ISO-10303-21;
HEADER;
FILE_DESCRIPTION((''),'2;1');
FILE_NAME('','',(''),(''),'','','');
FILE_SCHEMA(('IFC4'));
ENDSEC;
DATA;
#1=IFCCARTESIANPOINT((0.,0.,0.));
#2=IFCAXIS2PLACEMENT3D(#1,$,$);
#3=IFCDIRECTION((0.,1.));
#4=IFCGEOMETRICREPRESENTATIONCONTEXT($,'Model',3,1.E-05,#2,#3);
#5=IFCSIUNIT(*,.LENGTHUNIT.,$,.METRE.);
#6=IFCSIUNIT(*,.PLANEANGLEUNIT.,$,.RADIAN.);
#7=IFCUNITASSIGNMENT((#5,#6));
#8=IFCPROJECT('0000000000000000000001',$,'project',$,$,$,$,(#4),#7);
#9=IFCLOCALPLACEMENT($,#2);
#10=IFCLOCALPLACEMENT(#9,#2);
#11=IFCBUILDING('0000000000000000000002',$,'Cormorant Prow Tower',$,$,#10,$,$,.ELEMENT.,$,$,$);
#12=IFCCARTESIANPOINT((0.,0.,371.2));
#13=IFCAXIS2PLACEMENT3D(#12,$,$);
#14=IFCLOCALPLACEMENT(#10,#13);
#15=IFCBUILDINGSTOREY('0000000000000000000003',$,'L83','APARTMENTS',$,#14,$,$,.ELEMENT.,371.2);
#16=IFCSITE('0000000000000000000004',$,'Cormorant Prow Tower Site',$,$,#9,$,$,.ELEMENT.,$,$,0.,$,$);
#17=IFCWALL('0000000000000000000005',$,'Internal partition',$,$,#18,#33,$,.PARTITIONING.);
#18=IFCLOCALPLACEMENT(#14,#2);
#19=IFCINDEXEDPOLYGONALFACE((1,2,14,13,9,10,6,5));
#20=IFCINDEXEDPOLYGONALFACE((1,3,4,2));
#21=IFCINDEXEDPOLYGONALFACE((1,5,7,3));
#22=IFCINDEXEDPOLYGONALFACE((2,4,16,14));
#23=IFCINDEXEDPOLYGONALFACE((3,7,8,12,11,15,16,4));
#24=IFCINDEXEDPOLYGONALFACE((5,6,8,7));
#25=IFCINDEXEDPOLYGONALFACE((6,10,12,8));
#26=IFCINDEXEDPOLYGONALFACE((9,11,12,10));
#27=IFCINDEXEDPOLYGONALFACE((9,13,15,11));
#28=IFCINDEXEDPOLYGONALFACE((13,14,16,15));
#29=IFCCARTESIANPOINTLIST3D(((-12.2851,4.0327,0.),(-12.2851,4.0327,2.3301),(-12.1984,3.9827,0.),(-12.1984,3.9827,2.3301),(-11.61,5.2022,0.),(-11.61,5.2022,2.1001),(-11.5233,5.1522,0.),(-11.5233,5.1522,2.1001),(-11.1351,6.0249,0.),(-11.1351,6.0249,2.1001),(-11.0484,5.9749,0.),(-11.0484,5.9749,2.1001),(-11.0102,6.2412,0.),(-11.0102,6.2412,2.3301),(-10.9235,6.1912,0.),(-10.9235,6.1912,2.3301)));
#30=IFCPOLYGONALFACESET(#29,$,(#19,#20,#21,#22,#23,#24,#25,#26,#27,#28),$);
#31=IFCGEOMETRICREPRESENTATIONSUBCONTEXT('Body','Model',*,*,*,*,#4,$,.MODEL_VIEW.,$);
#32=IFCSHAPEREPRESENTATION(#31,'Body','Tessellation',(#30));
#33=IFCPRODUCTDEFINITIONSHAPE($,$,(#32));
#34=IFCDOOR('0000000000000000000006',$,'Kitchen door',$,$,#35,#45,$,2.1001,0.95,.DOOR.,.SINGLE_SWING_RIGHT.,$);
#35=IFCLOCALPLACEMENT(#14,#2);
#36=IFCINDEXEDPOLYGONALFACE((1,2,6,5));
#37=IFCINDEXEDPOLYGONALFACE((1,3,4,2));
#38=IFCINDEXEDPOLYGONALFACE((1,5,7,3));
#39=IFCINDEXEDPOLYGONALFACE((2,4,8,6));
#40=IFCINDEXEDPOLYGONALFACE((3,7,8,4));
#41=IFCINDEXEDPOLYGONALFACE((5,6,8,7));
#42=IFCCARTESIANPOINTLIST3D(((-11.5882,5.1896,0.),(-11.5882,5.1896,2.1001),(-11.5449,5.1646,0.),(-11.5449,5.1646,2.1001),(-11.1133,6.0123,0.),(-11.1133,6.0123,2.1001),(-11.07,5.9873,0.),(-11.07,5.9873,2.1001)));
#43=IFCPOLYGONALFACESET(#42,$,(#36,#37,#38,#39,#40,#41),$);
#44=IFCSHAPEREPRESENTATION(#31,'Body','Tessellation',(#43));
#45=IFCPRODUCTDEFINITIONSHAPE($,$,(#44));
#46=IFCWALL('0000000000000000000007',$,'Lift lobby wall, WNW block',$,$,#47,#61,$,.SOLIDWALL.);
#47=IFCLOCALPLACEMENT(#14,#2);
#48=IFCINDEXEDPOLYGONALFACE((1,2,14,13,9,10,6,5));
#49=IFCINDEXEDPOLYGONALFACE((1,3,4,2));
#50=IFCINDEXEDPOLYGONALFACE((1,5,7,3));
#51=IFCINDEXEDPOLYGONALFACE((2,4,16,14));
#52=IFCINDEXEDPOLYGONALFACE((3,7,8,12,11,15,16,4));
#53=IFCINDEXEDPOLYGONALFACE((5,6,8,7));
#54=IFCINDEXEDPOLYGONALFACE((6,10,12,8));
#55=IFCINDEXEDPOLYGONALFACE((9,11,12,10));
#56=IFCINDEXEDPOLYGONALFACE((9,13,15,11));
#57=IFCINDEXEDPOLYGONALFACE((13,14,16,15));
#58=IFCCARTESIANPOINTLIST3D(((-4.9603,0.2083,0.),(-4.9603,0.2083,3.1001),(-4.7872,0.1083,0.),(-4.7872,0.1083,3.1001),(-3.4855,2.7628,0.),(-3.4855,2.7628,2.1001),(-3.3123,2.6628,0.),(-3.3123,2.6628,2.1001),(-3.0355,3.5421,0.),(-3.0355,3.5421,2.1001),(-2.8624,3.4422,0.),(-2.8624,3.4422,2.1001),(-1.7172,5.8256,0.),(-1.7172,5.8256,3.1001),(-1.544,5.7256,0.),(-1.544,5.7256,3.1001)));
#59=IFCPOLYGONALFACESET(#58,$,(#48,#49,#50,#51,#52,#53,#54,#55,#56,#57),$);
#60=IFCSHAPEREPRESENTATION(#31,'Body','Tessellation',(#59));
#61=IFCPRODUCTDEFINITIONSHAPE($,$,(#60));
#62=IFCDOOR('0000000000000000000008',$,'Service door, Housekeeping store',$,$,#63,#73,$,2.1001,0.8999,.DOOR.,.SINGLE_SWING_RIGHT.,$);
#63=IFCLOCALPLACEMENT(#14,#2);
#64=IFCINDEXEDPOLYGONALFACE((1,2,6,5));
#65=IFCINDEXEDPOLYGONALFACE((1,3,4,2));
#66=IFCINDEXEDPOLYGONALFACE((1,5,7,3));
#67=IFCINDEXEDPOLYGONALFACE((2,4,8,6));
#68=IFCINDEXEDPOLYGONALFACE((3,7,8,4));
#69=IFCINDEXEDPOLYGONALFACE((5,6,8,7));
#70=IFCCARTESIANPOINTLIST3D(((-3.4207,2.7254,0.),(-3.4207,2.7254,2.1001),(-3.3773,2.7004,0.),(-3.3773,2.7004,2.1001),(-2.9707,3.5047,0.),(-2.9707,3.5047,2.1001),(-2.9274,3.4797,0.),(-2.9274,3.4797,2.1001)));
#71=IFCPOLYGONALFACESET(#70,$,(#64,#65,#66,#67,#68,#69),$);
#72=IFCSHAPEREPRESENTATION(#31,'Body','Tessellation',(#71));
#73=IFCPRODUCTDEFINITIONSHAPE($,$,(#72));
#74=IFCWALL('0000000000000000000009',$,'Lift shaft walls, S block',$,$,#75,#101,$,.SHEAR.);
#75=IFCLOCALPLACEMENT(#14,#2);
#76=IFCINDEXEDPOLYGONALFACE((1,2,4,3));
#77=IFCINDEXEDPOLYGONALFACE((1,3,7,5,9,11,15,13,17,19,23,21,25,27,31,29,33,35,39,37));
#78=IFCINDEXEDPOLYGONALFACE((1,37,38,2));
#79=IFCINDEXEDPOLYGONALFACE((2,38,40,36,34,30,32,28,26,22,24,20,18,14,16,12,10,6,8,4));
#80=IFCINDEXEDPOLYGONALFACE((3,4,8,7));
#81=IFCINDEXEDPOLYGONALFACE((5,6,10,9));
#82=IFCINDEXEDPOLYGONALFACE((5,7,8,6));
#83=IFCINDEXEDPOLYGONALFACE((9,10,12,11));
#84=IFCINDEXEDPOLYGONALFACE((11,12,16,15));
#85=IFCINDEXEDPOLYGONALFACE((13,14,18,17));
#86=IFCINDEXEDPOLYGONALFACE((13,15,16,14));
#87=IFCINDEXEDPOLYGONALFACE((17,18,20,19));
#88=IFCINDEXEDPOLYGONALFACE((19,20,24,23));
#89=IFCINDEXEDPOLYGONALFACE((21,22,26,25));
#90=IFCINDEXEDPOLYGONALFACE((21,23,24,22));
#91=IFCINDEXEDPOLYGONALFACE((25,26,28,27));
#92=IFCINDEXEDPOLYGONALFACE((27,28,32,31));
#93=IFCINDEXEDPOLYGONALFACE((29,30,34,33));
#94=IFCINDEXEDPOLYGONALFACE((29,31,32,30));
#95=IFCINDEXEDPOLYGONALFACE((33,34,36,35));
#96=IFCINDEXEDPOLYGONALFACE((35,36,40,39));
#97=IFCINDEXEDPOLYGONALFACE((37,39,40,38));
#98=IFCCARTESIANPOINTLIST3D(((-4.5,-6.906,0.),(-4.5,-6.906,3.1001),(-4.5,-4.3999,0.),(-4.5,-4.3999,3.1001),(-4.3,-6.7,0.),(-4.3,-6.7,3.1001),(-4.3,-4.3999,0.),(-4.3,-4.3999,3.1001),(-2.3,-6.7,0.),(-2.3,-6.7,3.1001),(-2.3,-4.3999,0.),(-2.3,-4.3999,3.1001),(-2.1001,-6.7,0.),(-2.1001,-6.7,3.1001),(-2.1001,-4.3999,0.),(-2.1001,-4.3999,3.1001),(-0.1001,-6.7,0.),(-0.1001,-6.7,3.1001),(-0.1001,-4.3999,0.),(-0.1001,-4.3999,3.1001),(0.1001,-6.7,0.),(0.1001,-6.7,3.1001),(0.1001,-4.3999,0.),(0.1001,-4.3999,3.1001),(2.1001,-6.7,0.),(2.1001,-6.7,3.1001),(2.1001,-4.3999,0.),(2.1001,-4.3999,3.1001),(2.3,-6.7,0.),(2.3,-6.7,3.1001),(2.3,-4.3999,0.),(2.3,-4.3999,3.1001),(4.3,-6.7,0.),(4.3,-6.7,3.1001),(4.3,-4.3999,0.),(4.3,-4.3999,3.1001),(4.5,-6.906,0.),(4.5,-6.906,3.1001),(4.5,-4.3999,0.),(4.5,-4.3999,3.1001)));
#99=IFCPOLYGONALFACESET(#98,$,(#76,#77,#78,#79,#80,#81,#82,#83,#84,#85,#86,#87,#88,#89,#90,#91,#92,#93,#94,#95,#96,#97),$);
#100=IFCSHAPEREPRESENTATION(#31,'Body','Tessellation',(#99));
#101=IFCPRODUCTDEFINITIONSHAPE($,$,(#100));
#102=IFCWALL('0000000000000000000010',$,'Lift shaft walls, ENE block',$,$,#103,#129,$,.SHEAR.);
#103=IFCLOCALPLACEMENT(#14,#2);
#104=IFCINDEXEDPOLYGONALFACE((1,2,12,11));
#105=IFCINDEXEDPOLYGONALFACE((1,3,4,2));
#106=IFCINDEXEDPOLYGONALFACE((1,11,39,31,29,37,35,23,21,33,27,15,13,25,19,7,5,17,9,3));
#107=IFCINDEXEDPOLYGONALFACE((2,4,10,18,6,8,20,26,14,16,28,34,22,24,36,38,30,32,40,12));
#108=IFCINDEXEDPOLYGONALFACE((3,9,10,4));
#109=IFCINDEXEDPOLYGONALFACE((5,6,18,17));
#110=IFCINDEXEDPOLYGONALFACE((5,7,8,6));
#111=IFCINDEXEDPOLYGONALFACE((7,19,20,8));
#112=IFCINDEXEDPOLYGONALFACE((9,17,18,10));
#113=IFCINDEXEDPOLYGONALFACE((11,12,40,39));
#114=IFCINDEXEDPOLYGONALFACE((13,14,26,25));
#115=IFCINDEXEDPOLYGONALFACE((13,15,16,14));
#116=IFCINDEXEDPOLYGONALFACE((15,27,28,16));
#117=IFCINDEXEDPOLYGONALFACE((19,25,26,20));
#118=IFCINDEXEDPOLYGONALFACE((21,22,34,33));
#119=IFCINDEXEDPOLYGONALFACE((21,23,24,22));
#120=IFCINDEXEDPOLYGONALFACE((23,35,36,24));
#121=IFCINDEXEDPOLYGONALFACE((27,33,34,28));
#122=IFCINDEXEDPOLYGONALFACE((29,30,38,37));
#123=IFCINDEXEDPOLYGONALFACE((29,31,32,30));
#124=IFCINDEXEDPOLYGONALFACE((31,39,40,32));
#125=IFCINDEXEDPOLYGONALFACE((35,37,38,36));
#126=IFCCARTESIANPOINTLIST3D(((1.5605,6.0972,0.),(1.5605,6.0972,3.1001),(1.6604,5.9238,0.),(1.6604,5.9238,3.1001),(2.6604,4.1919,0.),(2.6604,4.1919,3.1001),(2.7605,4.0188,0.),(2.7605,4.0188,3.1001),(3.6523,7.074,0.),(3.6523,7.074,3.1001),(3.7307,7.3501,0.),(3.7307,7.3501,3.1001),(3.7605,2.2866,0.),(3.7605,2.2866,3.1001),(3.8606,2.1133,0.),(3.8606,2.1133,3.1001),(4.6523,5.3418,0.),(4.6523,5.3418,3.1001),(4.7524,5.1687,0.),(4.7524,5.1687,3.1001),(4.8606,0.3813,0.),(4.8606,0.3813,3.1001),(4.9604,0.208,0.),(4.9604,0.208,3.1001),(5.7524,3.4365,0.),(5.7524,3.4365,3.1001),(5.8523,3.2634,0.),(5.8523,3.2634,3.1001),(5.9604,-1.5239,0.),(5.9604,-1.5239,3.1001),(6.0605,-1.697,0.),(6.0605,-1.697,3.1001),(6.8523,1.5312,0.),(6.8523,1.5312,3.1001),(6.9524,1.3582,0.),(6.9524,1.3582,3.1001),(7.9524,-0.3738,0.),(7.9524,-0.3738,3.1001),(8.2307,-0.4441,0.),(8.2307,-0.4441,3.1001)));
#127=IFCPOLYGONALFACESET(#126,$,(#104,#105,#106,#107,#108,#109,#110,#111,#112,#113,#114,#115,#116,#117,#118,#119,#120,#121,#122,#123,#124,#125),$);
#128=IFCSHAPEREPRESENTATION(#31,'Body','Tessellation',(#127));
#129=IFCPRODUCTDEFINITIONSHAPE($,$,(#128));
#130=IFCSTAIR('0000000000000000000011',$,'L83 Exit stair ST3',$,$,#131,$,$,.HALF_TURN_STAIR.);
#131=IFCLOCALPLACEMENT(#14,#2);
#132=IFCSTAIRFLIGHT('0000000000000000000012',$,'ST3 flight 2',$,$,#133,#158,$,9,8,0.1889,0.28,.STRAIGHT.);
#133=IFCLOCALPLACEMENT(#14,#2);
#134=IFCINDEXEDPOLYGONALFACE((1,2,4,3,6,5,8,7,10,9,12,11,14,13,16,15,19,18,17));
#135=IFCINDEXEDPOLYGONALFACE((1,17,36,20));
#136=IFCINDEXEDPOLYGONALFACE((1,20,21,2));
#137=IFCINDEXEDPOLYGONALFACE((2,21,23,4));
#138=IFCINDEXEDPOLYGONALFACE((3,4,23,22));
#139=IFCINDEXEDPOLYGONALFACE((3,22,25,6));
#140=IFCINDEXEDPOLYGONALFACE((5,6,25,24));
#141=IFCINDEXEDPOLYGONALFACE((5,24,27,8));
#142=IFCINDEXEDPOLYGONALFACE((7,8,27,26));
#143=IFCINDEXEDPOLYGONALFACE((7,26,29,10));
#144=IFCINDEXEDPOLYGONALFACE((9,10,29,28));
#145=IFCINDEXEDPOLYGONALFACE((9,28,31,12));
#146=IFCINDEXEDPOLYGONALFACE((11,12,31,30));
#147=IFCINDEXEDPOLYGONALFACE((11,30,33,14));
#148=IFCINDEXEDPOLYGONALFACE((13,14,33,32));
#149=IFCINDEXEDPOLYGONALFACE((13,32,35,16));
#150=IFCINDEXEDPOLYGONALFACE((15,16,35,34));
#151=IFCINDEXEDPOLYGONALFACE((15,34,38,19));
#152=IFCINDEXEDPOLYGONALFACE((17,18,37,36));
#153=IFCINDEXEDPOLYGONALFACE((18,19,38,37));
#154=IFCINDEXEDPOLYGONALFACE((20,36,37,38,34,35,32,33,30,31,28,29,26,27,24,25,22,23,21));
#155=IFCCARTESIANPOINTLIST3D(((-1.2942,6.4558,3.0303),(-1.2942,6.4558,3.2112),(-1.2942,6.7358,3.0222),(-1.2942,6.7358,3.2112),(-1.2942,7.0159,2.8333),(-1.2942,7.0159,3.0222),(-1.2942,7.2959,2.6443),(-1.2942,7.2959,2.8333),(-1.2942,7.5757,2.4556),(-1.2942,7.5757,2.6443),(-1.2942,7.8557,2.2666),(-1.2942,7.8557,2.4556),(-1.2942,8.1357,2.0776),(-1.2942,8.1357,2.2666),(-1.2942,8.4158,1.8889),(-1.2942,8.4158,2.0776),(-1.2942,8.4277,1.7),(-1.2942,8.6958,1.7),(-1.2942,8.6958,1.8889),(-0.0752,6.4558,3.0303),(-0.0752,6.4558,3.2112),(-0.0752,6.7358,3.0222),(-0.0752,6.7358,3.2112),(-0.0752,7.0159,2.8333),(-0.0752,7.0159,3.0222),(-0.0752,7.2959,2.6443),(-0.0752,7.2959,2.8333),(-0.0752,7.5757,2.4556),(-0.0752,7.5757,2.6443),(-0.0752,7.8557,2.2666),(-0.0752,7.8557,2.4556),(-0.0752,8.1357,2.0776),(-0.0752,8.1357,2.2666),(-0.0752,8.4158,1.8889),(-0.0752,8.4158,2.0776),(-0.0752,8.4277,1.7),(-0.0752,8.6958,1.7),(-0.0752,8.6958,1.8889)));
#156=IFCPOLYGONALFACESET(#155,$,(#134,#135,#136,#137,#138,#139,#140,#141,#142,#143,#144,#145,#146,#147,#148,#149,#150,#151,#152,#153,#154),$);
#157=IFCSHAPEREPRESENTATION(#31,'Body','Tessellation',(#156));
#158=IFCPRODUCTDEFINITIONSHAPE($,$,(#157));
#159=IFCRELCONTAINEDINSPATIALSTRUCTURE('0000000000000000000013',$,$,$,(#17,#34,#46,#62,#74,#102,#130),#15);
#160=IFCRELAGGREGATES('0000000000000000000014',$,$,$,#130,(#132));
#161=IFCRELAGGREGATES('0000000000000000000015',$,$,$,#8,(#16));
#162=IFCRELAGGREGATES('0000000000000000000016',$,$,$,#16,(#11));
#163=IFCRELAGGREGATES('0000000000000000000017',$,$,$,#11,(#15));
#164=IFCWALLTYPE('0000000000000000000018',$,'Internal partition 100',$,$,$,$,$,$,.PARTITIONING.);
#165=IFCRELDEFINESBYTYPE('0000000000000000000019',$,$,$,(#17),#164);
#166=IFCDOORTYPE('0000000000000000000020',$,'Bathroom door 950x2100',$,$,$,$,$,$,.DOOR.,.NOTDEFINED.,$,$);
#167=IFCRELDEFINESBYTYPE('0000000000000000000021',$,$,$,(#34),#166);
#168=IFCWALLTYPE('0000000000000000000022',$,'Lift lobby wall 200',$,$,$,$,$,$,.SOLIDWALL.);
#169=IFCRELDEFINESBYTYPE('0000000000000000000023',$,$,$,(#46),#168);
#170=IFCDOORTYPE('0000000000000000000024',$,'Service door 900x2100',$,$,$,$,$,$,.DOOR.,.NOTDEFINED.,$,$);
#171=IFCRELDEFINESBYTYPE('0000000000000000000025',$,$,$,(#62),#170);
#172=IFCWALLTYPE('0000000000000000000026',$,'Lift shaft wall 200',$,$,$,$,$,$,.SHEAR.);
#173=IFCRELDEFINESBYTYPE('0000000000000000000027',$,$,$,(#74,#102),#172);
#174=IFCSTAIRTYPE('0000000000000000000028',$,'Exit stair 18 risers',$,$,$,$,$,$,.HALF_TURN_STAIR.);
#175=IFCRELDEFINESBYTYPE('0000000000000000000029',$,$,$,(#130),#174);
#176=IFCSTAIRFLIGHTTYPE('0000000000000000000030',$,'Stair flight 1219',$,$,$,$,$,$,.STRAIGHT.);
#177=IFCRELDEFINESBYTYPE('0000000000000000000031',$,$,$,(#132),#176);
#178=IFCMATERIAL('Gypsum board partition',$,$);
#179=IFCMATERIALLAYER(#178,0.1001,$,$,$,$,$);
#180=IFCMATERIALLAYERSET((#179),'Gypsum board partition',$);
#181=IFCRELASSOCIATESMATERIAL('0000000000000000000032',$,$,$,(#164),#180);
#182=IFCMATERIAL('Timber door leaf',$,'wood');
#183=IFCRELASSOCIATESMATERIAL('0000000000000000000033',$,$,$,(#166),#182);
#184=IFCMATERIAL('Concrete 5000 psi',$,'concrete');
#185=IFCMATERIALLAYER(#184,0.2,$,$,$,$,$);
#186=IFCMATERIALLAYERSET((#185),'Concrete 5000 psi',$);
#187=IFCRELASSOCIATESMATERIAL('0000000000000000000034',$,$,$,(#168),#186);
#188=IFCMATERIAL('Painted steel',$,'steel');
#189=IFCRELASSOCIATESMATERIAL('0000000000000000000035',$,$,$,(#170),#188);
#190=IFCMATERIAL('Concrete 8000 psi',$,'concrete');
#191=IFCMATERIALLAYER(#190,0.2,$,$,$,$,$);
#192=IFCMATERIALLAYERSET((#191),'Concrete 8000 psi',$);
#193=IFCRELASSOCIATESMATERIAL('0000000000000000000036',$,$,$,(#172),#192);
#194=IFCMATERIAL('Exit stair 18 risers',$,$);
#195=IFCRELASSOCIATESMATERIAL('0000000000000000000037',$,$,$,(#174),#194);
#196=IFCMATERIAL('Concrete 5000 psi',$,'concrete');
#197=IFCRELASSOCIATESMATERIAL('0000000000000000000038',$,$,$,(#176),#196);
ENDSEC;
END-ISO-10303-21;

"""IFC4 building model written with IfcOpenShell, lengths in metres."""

from ifc_helpers import new_model, si_unit, direction, frame, frame_2d, origin, place, context, subcontext, project, spatial, polyline, rectangle, outline, extrude, material, layer, layer_set, type_object, element, fill, aggregate, save


model = new_model("IFC4")

# Units and contexts
model_context = context("Model", 3, precision=1e-05, world=origin(), true_north=direction((0.0, 1.0)))
body_context = subcontext(model_context, "Body", "Model", "MODEL_VIEW")
ifc_project = project(units=[si_unit("LENGTHUNIT", "METRE"), si_unit("PLANEANGLEUNIT", "RADIAN")], contexts=[model_context])

# Site, building, storey
site_placement = place(None, origin())
site = spatial("IfcSite", under=ifc_project, at=site_placement, Name="Cormorant Prow Tower Site", CompositionType="ELEMENT", RefElevation=0.0)
building_placement = place(site_placement, origin())
building = spatial("IfcBuilding", under=site, at=building_placement, Name="Cormorant Prow Tower", CompositionType="ELEMENT")
storey_placement = place(building_placement, frame((0.0, 0.0, 371.2)))
storey = spatial("IfcBuildingStorey", under=building, at=storey_placement, Name="L83", Description="APARTMENTS", CompositionType="ELEMENT", Elevation=371.2)

# Walls, openings, doors
ifc_material_1 = material(Name="Gypsum board partition")
ifc_layer_1 = layer(ifc_material_1, 0.1001)
ifc_layer_set_1 = layer_set([ifc_layer_1], Name="Gypsum board partition")
wall_type_1 = type_object("IfcWallType", Name="Internal partition 100", PredefinedType="PARTITIONING", material=ifc_layer_set_1)
wall_1_placement = place(storey_placement, frame((-12.2417, 4.0078, 0.0), z_axis=(0.0, 0.0, 1.0), x_axis=(0.499949, 0.866055, 0.0)))
wall_1 = element("IfcWall", 1, at=wall_1_placement, inside=storey, type_object=wall_type_1, Name="Internal partition", PredefinedType="PARTITIONING", context=body_context, shape_type="SweptSolid", body=[
    extrude(rectangle(XDim=2.55, YDim=0.1001, at=frame_2d((1.2749, 0.0))), origin(), (0.0, 0.0, 1.0), 2.3301),
])
opening_1_placement = place(wall_1_placement, frame((1.3501, 0.0, 0.0)))
opening_1 = element("IfcOpeningElement", 2, at=opening_1_placement, cuts=wall_1, PredefinedType="OPENING", context=body_context, shape_type="SweptSolid", body=[
    extrude(rectangle(XDim=0.95, YDim=2.1001, at=frame_2d((0.4751, 1.05))), frame((0.0, 0.0601, 0.0), z_axis=(0.0, -1.0, 0.0), x_axis=(1.0, 0.0, 0.0)), (0.0, 0.0, 1.0), 0.1201),
])
ifc_material_2 = material(Name="Timber door leaf", Category="wood")
door_type_1 = type_object("IfcDoorType", Name="Bathroom door 950x2100", OperationType="NOTDEFINED", PredefinedType="DOOR", material=ifc_material_2)
door_1_placement = place(opening_1_placement, origin())
door_1 = element("IfcDoor", 3, at=door_1_placement, inside=storey, type_object=door_type_1, Name="Kitchen door", OperationType="SINGLE_SWING_RIGHT", OverallHeight=2.1001, OverallWidth=0.95, PredefinedType="DOOR", context=body_context, shape_type="SweptSolid", body=[
    extrude(rectangle(XDim=0.95, YDim=2.1001, at=frame_2d((0.4751, 1.05))), frame((0.0, 0.0249, 0.0), z_axis=(0.0, -1.0, 0.0), x_axis=(1.0, 0.0, 0.0)), (0.0, 0.0, 1.0), 0.05),
])
fill(opening_1, door_1)
ifc_material_3 = material(Name="Concrete 5000 psi", Category="concrete")
ifc_layer_2 = layer(ifc_material_3, 0.2)
ifc_layer_set_2 = layer_set([ifc_layer_2], Name="Concrete 5000 psi")
wall_type_2 = type_object("IfcWallType", Name="Lift lobby wall 200", PredefinedType="SOLIDWALL", material=ifc_layer_set_2)
wall_2_placement = place(storey_placement, frame((-1.6306, 5.7756, 0.0), z_axis=(0.0, 0.0, 1.0), x_axis=(-0.499993, -0.86603, 0.0)))
wall_2 = element("IfcWall", 4, at=wall_2_placement, inside=storey, type_object=wall_type_2, Name="Lift lobby wall, WNW block", PredefinedType="SOLIDWALL", context=body_context, shape_type="SweptSolid", body=[
    extrude(rectangle(XDim=6.4863, YDim=0.2, at=frame_2d((3.2432, 0.0))), origin(), (0.0, 0.0, 1.0), 3.1001),
])
opening_2_placement = place(wall_2_placement, frame((2.6367, 0.0, 0.0)))
opening_2 = element("IfcOpeningElement", 5, at=opening_2_placement, cuts=wall_2, PredefinedType="OPENING", context=body_context, shape_type="SweptSolid", body=[
    extrude(rectangle(XDim=0.8999, YDim=2.1001, at=frame_2d((0.45, 1.05))), frame((0.0, 0.1099, 0.0), z_axis=(0.0, -1.0, 0.0), x_axis=(1.0, 0.0, 0.0)), (0.0, 0.0, 1.0), 0.22),
])
ifc_material_4 = material(Name="Painted steel", Category="steel")
door_type_2 = type_object("IfcDoorType", Name="Service door 900x2100", OperationType="NOTDEFINED", PredefinedType="DOOR", material=ifc_material_4)
door_2_placement = place(opening_2_placement, origin())
door_2 = element("IfcDoor", 6, at=door_2_placement, inside=storey, type_object=door_type_2, Name="Service door, Housekeeping store", OperationType="SINGLE_SWING_RIGHT", OverallHeight=2.1001, OverallWidth=0.8999, PredefinedType="DOOR", context=body_context, shape_type="SweptSolid", body=[
    extrude(rectangle(XDim=0.8999, YDim=2.1001, at=frame_2d((0.45, 1.05))), frame((0.0, 0.0249, 0.0), z_axis=(0.0, -1.0, 0.0), x_axis=(1.0, 0.0, 0.0)), (0.0, 0.0, 1.0), 0.05),
])
fill(opening_2, door_2)

# Walls
ifc_material_5 = material(Name="Concrete 8000 psi", Category="concrete")
ifc_layer_3 = layer(ifc_material_5, 0.2)
ifc_layer_set_3 = layer_set([ifc_layer_3], Name="Concrete 8000 psi")
wall_type_3 = type_object("IfcWallType", Name="Lift shaft wall 200", PredefinedType="SHEAR", material=ifc_layer_set_3)
wall_3_placement = place(storey_placement, origin())
element("IfcWall", 7, at=wall_3_placement, inside=storey, type_object=wall_type_3, Name="Lift shaft walls, S block", PredefinedType="SHEAR", context=body_context, shape_type="SweptSolid", body=[
    extrude(outline(polyline([(4.5, -4.3999), (4.5, -6.906), (-4.5, -6.906), (-4.5, -4.3999), (-4.3, -4.3999), (-4.3, -6.7), (-2.3, -6.7), (-2.3, -4.3999), (-2.1001, -4.3999), (-2.1001, -6.7), (-0.1001, -6.7), (-0.1001, -4.3999), (0.1001, -4.3999), (0.1001, -6.7), (2.1001, -6.7), (2.1001, -4.3999), (2.3, -4.3999), (2.3, -6.7), (4.3, -6.7), (4.3, -4.3999), (4.5, -4.3999)])), origin(), (0.0, 0.0, 1.0), 3.1001),
])
wall_4_placement = place(storey_placement, origin())
element("IfcWall", 8, at=wall_4_placement, inside=storey, type_object=wall_type_3, Name="Lift shaft walls, ENE block", PredefinedType="SHEAR", context=body_context, shape_type="SweptSolid", body=[
    extrude(outline(polyline([(1.5605, 6.0972), (3.7307, 7.3501), (8.2307, -0.4441), (6.0605, -1.697), (5.9604, -1.5239), (7.9524, -0.3738), (6.9524, 1.3582), (4.9604, 0.208), (4.8606, 0.3813), (6.8523, 1.5312), (5.8523, 3.2634), (3.8606, 2.1133), (3.7605, 2.2866), (5.7524, 3.4365), (4.7524, 5.1687), (2.7605, 4.0188), (2.6604, 4.1919), (4.6523, 5.3418), (3.6523, 7.074), (1.6604, 5.9238), (1.5605, 6.0972)])), origin(), (0.0, 0.0, 1.0), 3.1001),
])

# Stair, stair flight
ifc_material_6 = material(Name="Exit stair 18 risers")
stair_type = type_object("IfcStairType", Name="Exit stair 18 risers", PredefinedType="HALF_TURN_STAIR", material=ifc_material_6)
stair_placement = place(storey_placement, origin())
stair = element("IfcStair", 9, at=stair_placement, inside=storey, type_object=stair_type, Name="L83 Exit stair ST3", PredefinedType="HALF_TURN_STAIR")
ifc_material_7 = material(Name="Concrete 5000 psi", Category="concrete")
stair_flight_type = type_object("IfcStairFlightType", Name="Stair flight 1219", PredefinedType="STRAIGHT", material=ifc_material_7)
stair_flight_placement = place(storey_placement, frame((-0.6846, 8.6958, 1.7), z_axis=(0.0, 0.0, 1.0), x_axis=(0.0, -1.0, 0.0)))
stair_flight = element("IfcStairFlight", 10, at=stair_flight_placement, type_object=stair_flight_type, Name="ST3 flight 2", NumberOfRisers=9, NumberOfTreads=8, PredefinedType="STRAIGHT", RiserHeight=0.1889, TreadLength=0.28, context=body_context, shape_type="SweptSolid", body=[
    extrude(outline(polyline([(0.0, 0.0), (0.0, 0.189), (0.28, 0.189), (0.28, 0.3777), (0.5601, 0.3777), (0.5601, 0.5667), (0.8401, 0.5667), (0.8401, 0.7556), (1.1201, 0.7556), (1.1201, 0.9443), (1.3999, 0.9443), (1.3999, 1.1333), (1.6799, 1.1333), (1.6799, 1.3223), (1.96, 1.3223), (1.96, 1.5112), (2.24, 1.5112), (2.24, 1.7), (2.24, 1.3303), (0.2681, 0.0), (0.0, 0.0)])), frame((0.0, 0.6094, 0.0), z_axis=(0.0, -1.0, 0.0), x_axis=(1.0, 0.0, 0.0)), (0.0, 0.0, 1.0), 1.219),
])
aggregate(stair, [stair_flight])

save(model, "model.ifc")
